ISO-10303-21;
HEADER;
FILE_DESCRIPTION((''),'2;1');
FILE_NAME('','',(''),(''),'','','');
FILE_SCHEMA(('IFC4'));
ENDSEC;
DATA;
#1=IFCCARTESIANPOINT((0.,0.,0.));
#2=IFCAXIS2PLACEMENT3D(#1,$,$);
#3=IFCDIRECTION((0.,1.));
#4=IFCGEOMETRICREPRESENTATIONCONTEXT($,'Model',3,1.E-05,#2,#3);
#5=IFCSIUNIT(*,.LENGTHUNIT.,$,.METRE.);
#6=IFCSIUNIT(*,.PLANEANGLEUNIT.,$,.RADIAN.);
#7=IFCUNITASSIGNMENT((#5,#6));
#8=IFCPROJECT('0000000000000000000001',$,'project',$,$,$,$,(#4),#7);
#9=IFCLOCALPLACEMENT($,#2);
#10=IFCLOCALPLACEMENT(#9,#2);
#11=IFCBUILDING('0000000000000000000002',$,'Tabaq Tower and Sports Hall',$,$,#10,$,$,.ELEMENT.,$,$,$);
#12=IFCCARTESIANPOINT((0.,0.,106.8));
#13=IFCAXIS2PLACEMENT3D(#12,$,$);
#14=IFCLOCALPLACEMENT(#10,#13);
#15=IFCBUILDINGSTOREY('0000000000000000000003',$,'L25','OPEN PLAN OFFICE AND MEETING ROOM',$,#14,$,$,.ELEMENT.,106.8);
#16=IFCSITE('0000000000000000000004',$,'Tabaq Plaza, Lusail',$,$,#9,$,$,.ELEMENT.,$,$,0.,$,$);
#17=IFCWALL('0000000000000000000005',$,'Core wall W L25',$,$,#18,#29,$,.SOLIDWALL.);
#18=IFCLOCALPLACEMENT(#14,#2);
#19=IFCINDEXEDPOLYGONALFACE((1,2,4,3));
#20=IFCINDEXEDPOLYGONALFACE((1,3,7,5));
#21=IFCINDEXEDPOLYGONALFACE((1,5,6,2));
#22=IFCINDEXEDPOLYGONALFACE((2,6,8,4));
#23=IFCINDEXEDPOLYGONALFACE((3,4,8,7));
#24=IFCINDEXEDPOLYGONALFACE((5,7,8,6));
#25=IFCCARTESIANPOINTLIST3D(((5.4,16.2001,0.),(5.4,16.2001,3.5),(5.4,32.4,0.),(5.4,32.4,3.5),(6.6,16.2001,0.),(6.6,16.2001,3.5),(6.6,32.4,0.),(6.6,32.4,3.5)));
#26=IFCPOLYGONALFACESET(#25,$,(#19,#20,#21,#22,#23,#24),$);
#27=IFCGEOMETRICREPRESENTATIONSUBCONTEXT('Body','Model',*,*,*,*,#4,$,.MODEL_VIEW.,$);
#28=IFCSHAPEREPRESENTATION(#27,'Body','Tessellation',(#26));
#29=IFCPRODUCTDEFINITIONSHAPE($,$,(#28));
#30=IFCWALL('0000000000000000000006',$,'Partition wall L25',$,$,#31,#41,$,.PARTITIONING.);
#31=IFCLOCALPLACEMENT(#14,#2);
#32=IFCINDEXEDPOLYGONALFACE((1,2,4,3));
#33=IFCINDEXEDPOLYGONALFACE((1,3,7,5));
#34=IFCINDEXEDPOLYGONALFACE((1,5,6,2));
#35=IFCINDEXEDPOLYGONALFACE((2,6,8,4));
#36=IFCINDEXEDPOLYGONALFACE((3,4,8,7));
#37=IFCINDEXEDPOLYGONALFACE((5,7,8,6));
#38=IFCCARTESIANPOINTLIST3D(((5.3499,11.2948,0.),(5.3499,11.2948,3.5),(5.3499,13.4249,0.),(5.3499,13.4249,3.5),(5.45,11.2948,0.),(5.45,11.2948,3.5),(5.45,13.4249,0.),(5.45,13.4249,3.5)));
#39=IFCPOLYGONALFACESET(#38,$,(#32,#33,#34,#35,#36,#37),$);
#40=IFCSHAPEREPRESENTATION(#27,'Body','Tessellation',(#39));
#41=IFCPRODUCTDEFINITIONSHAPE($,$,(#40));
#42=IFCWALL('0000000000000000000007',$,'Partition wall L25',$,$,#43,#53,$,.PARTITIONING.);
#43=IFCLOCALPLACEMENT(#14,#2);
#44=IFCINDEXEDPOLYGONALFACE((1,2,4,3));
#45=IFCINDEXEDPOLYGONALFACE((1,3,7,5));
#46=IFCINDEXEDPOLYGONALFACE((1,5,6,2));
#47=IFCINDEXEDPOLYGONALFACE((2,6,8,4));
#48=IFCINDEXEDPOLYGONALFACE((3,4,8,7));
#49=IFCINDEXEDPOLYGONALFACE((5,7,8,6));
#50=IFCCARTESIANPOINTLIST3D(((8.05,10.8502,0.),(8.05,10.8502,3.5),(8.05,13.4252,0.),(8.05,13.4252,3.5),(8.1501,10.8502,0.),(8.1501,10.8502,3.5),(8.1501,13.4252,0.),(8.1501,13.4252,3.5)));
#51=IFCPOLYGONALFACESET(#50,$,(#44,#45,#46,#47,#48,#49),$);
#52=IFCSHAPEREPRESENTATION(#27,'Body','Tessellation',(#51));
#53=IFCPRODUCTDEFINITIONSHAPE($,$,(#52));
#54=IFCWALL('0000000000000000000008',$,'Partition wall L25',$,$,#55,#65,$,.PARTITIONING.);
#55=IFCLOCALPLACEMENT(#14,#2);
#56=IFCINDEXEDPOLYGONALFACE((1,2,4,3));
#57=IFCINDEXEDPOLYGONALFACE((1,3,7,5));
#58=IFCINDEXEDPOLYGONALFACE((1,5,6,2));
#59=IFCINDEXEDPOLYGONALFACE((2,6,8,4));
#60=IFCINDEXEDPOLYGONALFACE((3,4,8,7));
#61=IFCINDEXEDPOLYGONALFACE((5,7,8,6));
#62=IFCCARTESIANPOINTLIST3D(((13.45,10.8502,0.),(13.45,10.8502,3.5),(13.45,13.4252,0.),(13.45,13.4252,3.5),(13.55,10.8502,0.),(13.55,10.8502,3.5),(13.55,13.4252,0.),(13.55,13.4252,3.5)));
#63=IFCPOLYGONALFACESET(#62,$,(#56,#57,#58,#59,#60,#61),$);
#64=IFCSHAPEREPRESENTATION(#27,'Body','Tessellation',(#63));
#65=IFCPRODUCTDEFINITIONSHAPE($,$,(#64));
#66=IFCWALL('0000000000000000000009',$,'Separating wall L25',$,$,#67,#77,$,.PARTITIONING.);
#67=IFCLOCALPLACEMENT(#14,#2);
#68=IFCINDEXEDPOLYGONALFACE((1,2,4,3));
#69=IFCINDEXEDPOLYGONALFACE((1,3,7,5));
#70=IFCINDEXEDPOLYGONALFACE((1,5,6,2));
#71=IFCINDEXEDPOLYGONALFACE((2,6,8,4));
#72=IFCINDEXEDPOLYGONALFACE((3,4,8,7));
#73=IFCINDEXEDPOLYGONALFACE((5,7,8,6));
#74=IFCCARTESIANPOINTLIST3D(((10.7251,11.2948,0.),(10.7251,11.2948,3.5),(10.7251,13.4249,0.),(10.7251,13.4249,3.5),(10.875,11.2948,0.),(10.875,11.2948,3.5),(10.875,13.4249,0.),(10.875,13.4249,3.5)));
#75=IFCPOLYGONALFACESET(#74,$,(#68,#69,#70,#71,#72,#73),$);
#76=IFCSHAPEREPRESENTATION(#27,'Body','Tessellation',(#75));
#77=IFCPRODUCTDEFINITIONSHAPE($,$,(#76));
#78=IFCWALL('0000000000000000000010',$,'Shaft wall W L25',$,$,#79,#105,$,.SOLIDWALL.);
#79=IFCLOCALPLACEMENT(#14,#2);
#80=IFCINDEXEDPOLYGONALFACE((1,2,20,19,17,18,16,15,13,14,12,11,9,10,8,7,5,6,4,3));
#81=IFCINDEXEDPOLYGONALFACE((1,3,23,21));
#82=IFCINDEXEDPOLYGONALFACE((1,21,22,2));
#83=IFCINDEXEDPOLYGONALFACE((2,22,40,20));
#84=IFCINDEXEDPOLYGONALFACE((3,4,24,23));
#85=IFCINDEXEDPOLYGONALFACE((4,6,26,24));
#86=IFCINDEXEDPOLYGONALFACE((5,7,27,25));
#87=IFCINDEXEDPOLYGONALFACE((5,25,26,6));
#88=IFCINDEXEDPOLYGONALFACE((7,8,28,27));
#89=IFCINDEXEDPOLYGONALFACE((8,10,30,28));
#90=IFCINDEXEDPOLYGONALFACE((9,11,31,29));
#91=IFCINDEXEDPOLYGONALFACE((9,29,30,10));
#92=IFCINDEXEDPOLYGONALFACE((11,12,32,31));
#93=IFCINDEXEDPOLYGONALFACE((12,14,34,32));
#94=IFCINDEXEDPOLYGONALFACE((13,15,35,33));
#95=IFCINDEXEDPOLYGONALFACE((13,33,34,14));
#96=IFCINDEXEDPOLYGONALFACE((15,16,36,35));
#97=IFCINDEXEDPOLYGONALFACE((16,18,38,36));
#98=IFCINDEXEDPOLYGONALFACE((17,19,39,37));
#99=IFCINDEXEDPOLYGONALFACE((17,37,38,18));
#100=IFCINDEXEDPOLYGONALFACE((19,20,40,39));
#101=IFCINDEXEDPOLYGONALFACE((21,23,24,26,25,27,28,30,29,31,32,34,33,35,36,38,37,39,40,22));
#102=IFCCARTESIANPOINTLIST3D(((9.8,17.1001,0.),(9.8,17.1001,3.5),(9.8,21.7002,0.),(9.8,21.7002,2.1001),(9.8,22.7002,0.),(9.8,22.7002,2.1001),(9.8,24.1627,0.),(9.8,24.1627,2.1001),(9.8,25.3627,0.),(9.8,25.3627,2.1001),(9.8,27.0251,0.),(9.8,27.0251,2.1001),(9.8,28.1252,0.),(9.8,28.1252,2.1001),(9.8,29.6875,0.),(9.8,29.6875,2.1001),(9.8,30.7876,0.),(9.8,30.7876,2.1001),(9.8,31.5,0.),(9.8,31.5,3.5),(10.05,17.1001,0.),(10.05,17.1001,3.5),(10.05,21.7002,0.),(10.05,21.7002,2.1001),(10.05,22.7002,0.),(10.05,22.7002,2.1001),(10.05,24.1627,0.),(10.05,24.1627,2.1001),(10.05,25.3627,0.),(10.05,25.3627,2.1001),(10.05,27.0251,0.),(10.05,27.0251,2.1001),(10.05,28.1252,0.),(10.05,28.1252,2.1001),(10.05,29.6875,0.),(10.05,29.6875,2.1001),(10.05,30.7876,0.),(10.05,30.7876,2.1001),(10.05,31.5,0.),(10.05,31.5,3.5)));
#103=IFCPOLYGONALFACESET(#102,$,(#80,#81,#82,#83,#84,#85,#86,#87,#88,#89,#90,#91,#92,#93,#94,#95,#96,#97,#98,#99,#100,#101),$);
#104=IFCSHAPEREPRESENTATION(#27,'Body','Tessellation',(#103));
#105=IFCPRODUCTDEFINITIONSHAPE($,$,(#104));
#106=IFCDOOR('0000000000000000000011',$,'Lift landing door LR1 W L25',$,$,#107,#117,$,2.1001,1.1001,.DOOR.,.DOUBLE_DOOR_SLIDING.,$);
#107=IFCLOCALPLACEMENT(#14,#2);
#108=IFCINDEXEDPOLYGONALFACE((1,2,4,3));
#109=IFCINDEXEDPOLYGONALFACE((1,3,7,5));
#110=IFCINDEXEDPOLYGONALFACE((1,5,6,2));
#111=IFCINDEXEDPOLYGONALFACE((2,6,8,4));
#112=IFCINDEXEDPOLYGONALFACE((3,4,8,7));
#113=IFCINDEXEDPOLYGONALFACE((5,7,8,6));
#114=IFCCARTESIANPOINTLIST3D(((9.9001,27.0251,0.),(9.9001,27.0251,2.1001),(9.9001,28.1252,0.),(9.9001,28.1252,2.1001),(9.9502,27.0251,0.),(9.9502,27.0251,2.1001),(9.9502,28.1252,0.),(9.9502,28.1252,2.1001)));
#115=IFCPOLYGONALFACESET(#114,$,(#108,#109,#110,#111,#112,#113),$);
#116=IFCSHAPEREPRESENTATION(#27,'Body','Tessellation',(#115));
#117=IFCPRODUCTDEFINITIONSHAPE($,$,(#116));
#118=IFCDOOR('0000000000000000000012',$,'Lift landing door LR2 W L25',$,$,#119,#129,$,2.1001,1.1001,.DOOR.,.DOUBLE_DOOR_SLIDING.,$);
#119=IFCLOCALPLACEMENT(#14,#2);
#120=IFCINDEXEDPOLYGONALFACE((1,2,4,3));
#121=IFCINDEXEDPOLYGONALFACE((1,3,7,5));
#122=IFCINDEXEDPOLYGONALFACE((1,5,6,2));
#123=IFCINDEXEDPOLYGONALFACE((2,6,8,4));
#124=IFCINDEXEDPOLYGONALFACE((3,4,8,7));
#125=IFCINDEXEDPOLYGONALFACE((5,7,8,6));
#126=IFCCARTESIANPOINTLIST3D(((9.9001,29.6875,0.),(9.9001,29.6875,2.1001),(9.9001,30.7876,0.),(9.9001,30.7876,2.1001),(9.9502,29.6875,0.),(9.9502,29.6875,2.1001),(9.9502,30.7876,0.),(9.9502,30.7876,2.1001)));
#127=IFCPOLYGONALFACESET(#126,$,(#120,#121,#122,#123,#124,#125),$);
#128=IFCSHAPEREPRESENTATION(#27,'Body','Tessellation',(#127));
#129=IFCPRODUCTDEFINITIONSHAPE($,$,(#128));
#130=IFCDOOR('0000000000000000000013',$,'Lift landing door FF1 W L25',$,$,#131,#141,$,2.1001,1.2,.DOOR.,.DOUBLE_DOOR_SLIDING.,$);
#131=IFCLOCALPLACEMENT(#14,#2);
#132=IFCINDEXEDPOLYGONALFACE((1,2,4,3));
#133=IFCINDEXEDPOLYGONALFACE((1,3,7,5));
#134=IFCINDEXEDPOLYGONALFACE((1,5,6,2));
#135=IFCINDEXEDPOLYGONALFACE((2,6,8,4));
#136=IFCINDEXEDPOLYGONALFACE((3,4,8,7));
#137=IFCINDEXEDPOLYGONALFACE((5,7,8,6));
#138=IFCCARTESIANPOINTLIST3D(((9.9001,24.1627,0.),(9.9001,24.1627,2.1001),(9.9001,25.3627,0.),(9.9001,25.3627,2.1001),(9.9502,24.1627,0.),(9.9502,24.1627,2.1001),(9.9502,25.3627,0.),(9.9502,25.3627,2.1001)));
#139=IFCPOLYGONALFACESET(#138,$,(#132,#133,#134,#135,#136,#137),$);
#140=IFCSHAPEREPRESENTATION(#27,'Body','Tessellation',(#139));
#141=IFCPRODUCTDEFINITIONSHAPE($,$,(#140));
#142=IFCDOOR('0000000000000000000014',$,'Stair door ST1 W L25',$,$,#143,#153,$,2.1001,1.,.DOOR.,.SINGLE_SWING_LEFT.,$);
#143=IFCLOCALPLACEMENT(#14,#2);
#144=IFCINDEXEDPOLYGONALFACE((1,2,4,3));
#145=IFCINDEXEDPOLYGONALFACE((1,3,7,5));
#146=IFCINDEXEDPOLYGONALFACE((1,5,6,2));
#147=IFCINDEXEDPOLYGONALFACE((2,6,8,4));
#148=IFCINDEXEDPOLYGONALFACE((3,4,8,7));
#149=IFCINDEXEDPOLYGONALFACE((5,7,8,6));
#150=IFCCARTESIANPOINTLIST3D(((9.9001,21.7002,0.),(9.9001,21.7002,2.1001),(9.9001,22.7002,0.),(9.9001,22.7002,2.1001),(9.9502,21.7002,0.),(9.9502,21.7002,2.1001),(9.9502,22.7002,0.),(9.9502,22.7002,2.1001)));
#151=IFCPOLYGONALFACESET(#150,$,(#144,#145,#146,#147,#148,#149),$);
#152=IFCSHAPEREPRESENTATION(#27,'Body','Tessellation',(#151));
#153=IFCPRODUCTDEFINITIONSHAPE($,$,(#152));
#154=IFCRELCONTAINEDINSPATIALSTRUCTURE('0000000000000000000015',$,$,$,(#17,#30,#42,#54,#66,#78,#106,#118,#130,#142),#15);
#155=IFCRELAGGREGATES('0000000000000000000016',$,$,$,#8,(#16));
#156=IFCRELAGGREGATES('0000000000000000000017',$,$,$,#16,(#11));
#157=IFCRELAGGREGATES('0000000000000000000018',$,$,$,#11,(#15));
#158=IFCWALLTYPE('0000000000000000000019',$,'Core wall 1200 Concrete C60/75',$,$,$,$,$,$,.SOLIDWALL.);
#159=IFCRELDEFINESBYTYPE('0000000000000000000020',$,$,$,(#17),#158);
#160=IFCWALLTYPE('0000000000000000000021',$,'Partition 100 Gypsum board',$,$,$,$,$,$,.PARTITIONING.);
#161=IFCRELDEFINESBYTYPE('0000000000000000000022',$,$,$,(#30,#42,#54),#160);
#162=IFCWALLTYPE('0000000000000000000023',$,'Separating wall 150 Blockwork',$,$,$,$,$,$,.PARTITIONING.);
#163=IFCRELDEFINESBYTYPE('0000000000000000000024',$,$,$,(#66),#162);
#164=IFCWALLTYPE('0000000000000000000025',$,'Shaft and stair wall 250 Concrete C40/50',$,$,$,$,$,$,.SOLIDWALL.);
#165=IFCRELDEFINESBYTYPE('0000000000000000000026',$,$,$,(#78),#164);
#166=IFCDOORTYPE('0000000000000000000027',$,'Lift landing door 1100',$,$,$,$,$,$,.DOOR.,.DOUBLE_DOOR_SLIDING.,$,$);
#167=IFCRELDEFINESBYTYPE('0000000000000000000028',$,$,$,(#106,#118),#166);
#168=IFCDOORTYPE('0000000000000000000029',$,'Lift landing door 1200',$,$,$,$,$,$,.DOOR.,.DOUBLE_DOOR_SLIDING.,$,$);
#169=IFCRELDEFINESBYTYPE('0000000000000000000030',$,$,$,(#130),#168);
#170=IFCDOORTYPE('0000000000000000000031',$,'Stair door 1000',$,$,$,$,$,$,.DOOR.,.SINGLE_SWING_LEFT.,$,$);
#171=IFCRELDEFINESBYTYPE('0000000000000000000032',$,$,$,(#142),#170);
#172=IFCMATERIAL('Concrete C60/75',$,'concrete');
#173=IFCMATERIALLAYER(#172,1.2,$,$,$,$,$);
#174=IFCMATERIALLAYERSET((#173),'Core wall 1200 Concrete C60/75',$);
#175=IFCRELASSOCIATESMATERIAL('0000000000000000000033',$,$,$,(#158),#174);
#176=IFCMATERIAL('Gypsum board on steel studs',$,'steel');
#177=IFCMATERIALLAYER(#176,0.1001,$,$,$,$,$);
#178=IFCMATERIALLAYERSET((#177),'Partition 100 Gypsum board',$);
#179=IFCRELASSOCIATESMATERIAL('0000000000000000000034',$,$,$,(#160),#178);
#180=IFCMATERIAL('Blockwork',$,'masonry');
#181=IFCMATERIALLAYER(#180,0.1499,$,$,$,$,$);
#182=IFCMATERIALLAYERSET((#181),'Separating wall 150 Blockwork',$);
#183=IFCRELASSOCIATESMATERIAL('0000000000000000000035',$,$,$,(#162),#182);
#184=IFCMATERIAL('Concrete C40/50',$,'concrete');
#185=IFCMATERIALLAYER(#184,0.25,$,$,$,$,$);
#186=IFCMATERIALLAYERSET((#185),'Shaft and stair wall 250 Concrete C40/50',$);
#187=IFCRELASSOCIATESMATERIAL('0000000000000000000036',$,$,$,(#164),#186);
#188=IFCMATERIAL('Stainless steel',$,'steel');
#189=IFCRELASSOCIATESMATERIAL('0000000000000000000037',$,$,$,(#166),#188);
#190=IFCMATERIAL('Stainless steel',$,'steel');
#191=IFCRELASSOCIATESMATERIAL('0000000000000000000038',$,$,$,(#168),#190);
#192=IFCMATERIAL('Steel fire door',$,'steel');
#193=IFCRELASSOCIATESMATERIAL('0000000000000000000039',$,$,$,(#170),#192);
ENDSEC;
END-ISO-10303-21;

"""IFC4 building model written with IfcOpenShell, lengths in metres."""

from ifc_helpers import new_model, si_unit, direction, frame, frame_2d, origin, place, context, subcontext, project, spatial, rectangle, extrude, material, layer, layer_set, type_object, element, fill, save


model = new_model("IFC4")

# Units and contexts
model_context = context("Model", 3, precision=1e-05, world=origin(), true_north=direction((0.0, 1.0)))
body_context = subcontext(model_context, "Body", "Model", "MODEL_VIEW")
ifc_project = project(units=[si_unit("LENGTHUNIT", "METRE"), si_unit("PLANEANGLEUNIT", "RADIAN")], contexts=[model_context])

# Site, building, storey
site_placement = place(None, origin())
site = spatial("IfcSite", under=ifc_project, at=site_placement, Name="Tabaq Plaza, Lusail", CompositionType="ELEMENT", RefElevation=0.0)
building_placement = place(site_placement, origin())
building = spatial("IfcBuilding", under=site, at=building_placement, Name="Tabaq Tower and Sports Hall", CompositionType="ELEMENT")
storey_placement = place(building_placement, frame((0.0, 0.0, 106.8)))
storey = spatial("IfcBuildingStorey", under=building, at=storey_placement, Name="L25", Description="OPEN PLAN OFFICE AND MEETING ROOM", CompositionType="ELEMENT", Elevation=106.8)

# Walls
ifc_material_1 = material(Name="Concrete C60/75", Category="concrete")
ifc_layer_1 = layer(ifc_material_1, 1.2)
ifc_layer_set_1 = layer_set([ifc_layer_1], Name="Core wall 1200 Concrete C60/75")
wall_type_1 = type_object("IfcWallType", Name="Core wall 1200 Concrete C60/75", PredefinedType="SOLIDWALL", material=ifc_layer_set_1)
wall_1_placement = place(storey_placement, frame((6.0, 16.2, 0.0), z_axis=(0.0, 0.0, 1.0), x_axis=(0.0, 1.0, 0.0)))
element("IfcWall", 1, at=wall_1_placement, inside=storey, type_object=wall_type_1, Name="Core wall W L25", PredefinedType="SOLIDWALL", context=body_context, shape_type="SweptSolid", body=[
    extrude(rectangle(XDim=16.2, YDim=1.2, at=frame_2d((8.1001, 0.0))), origin(), (0.0, 0.0, 1.0), 3.5),
])
ifc_material_2 = material(Name="Gypsum board on steel studs", Category="steel")
ifc_layer_2 = layer(ifc_material_2, 0.1001)
ifc_layer_set_2 = layer_set([ifc_layer_2], Name="Partition 100 Gypsum board")
wall_type_2 = type_object("IfcWallType", Name="Partition 100 Gypsum board", PredefinedType="PARTITIONING", material=ifc_layer_set_2)
wall_2_placement = place(storey_placement, frame((5.3999, 11.2949, 0.0), z_axis=(0.0, 0.0, 1.0), x_axis=(0.0, 1.0, 0.0)))
element("IfcWall", 2, at=wall_2_placement, inside=storey, type_object=wall_type_2, Name="Partition wall L25", PredefinedType="PARTITIONING", context=body_context, shape_type="SweptSolid", body=[
    extrude(rectangle(XDim=2.1301, YDim=0.1001, at=frame_2d((1.0649, 0.0))), origin(), (0.0, 0.0, 1.0), 3.5),
])
for number, where, z_axis, x_axis, name in (
    (3, (8.1001, 10.8501, 0.0), (0.0, 0.0, 1.0), (0.0, 1.0, 0.0), "Partition wall L25"),
    (4, (13.5, 10.8501, 0.0), (0.0, 0.0, 1.0), (0.0, 1.0, 0.0), "Partition wall L25"),
):
    element("IfcWall", number, at=place(storey_placement, frame(where, z_axis=z_axis, x_axis=x_axis)), inside=storey, type_object=wall_type_2, Name=name, PredefinedType="PARTITIONING", context=body_context, shape_type="SweptSolid", body=[
        extrude(rectangle(XDim=2.575, YDim=0.1001, at=frame_2d((1.2876, 0.0))), origin(), (0.0, 0.0, 1.0), 3.5),
    ])
ifc_material_3 = material(Name="Blockwork", Category="masonry")
ifc_layer_3 = layer(ifc_material_3, 0.1499)
ifc_layer_set_3 = layer_set([ifc_layer_3], Name="Separating wall 150 Blockwork")
wall_type_3 = type_object("IfcWallType", Name="Separating wall 150 Blockwork", PredefinedType="PARTITIONING", material=ifc_layer_set_3)
wall_3_placement = place(storey_placement, frame((10.8, 11.2949, 0.0), z_axis=(0.0, 0.0, 1.0), x_axis=(0.0, 1.0, 0.0)))
element("IfcWall", 5, at=wall_3_placement, inside=storey, type_object=wall_type_3, Name="Separating wall L25", PredefinedType="PARTITIONING", context=body_context, shape_type="SweptSolid", body=[
    extrude(rectangle(XDim=2.1301, YDim=0.1499, at=frame_2d((1.0649, 0.0))), origin(), (0.0, 0.0, 1.0), 3.5),
])

# Wall, openings, doors
ifc_material_4 = material(Name="Concrete C40/50", Category="concrete")
ifc_layer_4 = layer(ifc_material_4, 0.25)
ifc_layer_set_4 = layer_set([ifc_layer_4], Name="Shaft and stair wall 250 Concrete C40/50")
wall_type_4 = type_object("IfcWallType", Name="Shaft and stair wall 250 Concrete C40/50", PredefinedType="SOLIDWALL", material=ifc_layer_set_4)
wall_4_placement = place(storey_placement, frame((9.925, 17.1001, 0.0), z_axis=(0.0, 0.0, 1.0), x_axis=(0.0, 1.0, 0.0)))
wall_4 = element("IfcWall", 6, at=wall_4_placement, inside=storey, type_object=wall_type_4, Name="Shaft wall W L25", PredefinedType="SOLIDWALL", context=body_context, shape_type="SweptSolid", body=[
    extrude(rectangle(XDim=14.3999, YDim=0.25, at=frame_2d((7.2, 0.0))), origin(), (0.0, 0.0, 1.0), 3.5),
])
opening_1_placement = place(wall_4_placement, frame((4.6001, 0.0, 0.0)))
opening_1 = element("IfcOpeningElement", 7, at=opening_1_placement, cuts=wall_4, PredefinedType="OPENING", context=body_context, shape_type="SweptSolid", body=[
    extrude(rectangle(XDim=1.0, YDim=2.1001, at=frame_2d((0.5, 1.05))), frame((0.0, 0.125, 0.0), z_axis=(0.0, -1.0, 0.0), x_axis=(1.0, 0.0, 0.0)), (0.0, 0.0, 1.0), 0.25),
])
opening_2_placement = place(wall_4_placement, frame((7.0625, 0.0, 0.0)))
opening_2 = element("IfcOpeningElement", 8, at=opening_2_placement, cuts=wall_4, PredefinedType="OPENING", context=body_context, shape_type="SweptSolid", body=[
    extrude(rectangle(XDim=1.2, YDim=2.1001, at=frame_2d((0.6001, 1.05))), frame((0.0, 0.125, 0.0), z_axis=(0.0, -1.0, 0.0), x_axis=(1.0, 0.0, 0.0)), (0.0, 0.0, 1.0), 0.25),
])
opening_3_placement = place(wall_4_placement, frame((9.925, 0.0, 0.0)))
opening_3 = element("IfcOpeningElement", 9, at=opening_3_placement, cuts=wall_4, PredefinedType="OPENING", context=body_context, shape_type="SweptSolid", body=[
    extrude(rectangle(XDim=1.1001, YDim=2.1001, at=frame_2d((0.55, 1.05))), frame((0.0, 0.125, 0.0), z_axis=(0.0, -1.0, 0.0), x_axis=(1.0, 0.0, 0.0)), (0.0, 0.0, 1.0), 0.25),
])
opening_4_placement = place(wall_4_placement, frame((12.5874, 0.0, 0.0)))
opening_4 = element("IfcOpeningElement", 10, at=opening_4_placement, cuts=wall_4, PredefinedType="OPENING", context=body_context, shape_type="SweptSolid", body=[
    extrude(rectangle(XDim=1.1001, YDim=2.1001, at=frame_2d((0.55, 1.05))), frame((0.0, 0.125, 0.0), z_axis=(0.0, -1.0, 0.0), x_axis=(1.0, 0.0, 0.0)), (0.0, 0.0, 1.0), 0.25),
])
ifc_material_5 = material(Name="Stainless steel", Category="steel")
door_type_1 = type_object("IfcDoorType", Name="Lift landing door 1100", OperationType="DOUBLE_DOOR_SLIDING", PredefinedType="DOOR", material=ifc_material_5)
door_1_placement = place(opening_3_placement, origin())
door_1 = element("IfcDoor", 11, at=door_1_placement, inside=storey, type_object=door_type_1, Name="Lift landing door LR1 W L25", OperationType="DOUBLE_DOOR_SLIDING", OverallHeight=2.1001, OverallWidth=1.1001, PredefinedType="DOOR", context=body_context, shape_type="SweptSolid", body=[
    extrude(rectangle(XDim=1.1001, YDim=2.1001, at=frame_2d((0.55, 1.05))), frame((0.0, 0.0249, 0.0), z_axis=(0.0, -1.0, 0.0), x_axis=(1.0, 0.0, 0.0)), (0.0, 0.0, 1.0), 0.05),
])
fill(opening_3, door_1)
door_2_placement = place(opening_4_placement, origin())
door_2 = element("IfcDoor", 12, at=door_2_placement, inside=storey, type_object=door_type_1, Name="Lift landing door LR2 W L25", OperationType="DOUBLE_DOOR_SLIDING", OverallHeight=2.1001, OverallWidth=1.1001, PredefinedType="DOOR", context=body_context, shape_type="SweptSolid", body=[
    extrude(rectangle(XDim=1.1001, YDim=2.1001, at=frame_2d((0.55, 1.05))), frame((0.0, 0.0249, 0.0), z_axis=(0.0, -1.0, 0.0), x_axis=(1.0, 0.0, 0.0)), (0.0, 0.0, 1.0), 0.05),
])
fill(opening_4, door_2)
ifc_material_6 = material(Name="Stainless steel", Category="steel")
door_type_2 = type_object("IfcDoorType", Name="Lift landing door 1200", OperationType="DOUBLE_DOOR_SLIDING", PredefinedType="DOOR", material=ifc_material_6)
door_3_placement = place(opening_2_placement, origin())
door_3 = element("IfcDoor", 13, at=door_3_placement, inside=storey, type_object=door_type_2, Name="Lift landing door FF1 W L25", OperationType="DOUBLE_DOOR_SLIDING", OverallHeight=2.1001, OverallWidth=1.2, PredefinedType="DOOR", context=body_context, shape_type="SweptSolid", body=[
    extrude(rectangle(XDim=1.2, YDim=2.1001, at=frame_2d((0.6001, 1.05))), frame((0.0, 0.0249, 0.0), z_axis=(0.0, -1.0, 0.0), x_axis=(1.0, 0.0, 0.0)), (0.0, 0.0, 1.0), 0.05),
])
fill(opening_2, door_3)
ifc_material_7 = material(Name="Steel fire door", Category="steel")
door_type_3 = type_object("IfcDoorType", Name="Stair door 1000", OperationType="SINGLE_SWING_LEFT", PredefinedType="DOOR", material=ifc_material_7)
door_4_placement = place(opening_1_placement, origin())
door_4 = element("IfcDoor", 14, at=door_4_placement, inside=storey, type_object=door_type_3, Name="Stair door ST1 W L25", OperationType="SINGLE_SWING_LEFT", OverallHeight=2.1001, OverallWidth=1.0, PredefinedType="DOOR", context=body_context, shape_type="SweptSolid", body=[
    extrude(rectangle(XDim=1.0, YDim=2.1001, at=frame_2d((0.5, 1.05))), frame((0.0, 0.0249, 0.0), z_axis=(0.0, -1.0, 0.0), x_axis=(1.0, 0.0, 0.0)), (0.0, 0.0, 1.0), 0.05),
])
fill(opening_1, door_4)

save(model, "model.ifc")
